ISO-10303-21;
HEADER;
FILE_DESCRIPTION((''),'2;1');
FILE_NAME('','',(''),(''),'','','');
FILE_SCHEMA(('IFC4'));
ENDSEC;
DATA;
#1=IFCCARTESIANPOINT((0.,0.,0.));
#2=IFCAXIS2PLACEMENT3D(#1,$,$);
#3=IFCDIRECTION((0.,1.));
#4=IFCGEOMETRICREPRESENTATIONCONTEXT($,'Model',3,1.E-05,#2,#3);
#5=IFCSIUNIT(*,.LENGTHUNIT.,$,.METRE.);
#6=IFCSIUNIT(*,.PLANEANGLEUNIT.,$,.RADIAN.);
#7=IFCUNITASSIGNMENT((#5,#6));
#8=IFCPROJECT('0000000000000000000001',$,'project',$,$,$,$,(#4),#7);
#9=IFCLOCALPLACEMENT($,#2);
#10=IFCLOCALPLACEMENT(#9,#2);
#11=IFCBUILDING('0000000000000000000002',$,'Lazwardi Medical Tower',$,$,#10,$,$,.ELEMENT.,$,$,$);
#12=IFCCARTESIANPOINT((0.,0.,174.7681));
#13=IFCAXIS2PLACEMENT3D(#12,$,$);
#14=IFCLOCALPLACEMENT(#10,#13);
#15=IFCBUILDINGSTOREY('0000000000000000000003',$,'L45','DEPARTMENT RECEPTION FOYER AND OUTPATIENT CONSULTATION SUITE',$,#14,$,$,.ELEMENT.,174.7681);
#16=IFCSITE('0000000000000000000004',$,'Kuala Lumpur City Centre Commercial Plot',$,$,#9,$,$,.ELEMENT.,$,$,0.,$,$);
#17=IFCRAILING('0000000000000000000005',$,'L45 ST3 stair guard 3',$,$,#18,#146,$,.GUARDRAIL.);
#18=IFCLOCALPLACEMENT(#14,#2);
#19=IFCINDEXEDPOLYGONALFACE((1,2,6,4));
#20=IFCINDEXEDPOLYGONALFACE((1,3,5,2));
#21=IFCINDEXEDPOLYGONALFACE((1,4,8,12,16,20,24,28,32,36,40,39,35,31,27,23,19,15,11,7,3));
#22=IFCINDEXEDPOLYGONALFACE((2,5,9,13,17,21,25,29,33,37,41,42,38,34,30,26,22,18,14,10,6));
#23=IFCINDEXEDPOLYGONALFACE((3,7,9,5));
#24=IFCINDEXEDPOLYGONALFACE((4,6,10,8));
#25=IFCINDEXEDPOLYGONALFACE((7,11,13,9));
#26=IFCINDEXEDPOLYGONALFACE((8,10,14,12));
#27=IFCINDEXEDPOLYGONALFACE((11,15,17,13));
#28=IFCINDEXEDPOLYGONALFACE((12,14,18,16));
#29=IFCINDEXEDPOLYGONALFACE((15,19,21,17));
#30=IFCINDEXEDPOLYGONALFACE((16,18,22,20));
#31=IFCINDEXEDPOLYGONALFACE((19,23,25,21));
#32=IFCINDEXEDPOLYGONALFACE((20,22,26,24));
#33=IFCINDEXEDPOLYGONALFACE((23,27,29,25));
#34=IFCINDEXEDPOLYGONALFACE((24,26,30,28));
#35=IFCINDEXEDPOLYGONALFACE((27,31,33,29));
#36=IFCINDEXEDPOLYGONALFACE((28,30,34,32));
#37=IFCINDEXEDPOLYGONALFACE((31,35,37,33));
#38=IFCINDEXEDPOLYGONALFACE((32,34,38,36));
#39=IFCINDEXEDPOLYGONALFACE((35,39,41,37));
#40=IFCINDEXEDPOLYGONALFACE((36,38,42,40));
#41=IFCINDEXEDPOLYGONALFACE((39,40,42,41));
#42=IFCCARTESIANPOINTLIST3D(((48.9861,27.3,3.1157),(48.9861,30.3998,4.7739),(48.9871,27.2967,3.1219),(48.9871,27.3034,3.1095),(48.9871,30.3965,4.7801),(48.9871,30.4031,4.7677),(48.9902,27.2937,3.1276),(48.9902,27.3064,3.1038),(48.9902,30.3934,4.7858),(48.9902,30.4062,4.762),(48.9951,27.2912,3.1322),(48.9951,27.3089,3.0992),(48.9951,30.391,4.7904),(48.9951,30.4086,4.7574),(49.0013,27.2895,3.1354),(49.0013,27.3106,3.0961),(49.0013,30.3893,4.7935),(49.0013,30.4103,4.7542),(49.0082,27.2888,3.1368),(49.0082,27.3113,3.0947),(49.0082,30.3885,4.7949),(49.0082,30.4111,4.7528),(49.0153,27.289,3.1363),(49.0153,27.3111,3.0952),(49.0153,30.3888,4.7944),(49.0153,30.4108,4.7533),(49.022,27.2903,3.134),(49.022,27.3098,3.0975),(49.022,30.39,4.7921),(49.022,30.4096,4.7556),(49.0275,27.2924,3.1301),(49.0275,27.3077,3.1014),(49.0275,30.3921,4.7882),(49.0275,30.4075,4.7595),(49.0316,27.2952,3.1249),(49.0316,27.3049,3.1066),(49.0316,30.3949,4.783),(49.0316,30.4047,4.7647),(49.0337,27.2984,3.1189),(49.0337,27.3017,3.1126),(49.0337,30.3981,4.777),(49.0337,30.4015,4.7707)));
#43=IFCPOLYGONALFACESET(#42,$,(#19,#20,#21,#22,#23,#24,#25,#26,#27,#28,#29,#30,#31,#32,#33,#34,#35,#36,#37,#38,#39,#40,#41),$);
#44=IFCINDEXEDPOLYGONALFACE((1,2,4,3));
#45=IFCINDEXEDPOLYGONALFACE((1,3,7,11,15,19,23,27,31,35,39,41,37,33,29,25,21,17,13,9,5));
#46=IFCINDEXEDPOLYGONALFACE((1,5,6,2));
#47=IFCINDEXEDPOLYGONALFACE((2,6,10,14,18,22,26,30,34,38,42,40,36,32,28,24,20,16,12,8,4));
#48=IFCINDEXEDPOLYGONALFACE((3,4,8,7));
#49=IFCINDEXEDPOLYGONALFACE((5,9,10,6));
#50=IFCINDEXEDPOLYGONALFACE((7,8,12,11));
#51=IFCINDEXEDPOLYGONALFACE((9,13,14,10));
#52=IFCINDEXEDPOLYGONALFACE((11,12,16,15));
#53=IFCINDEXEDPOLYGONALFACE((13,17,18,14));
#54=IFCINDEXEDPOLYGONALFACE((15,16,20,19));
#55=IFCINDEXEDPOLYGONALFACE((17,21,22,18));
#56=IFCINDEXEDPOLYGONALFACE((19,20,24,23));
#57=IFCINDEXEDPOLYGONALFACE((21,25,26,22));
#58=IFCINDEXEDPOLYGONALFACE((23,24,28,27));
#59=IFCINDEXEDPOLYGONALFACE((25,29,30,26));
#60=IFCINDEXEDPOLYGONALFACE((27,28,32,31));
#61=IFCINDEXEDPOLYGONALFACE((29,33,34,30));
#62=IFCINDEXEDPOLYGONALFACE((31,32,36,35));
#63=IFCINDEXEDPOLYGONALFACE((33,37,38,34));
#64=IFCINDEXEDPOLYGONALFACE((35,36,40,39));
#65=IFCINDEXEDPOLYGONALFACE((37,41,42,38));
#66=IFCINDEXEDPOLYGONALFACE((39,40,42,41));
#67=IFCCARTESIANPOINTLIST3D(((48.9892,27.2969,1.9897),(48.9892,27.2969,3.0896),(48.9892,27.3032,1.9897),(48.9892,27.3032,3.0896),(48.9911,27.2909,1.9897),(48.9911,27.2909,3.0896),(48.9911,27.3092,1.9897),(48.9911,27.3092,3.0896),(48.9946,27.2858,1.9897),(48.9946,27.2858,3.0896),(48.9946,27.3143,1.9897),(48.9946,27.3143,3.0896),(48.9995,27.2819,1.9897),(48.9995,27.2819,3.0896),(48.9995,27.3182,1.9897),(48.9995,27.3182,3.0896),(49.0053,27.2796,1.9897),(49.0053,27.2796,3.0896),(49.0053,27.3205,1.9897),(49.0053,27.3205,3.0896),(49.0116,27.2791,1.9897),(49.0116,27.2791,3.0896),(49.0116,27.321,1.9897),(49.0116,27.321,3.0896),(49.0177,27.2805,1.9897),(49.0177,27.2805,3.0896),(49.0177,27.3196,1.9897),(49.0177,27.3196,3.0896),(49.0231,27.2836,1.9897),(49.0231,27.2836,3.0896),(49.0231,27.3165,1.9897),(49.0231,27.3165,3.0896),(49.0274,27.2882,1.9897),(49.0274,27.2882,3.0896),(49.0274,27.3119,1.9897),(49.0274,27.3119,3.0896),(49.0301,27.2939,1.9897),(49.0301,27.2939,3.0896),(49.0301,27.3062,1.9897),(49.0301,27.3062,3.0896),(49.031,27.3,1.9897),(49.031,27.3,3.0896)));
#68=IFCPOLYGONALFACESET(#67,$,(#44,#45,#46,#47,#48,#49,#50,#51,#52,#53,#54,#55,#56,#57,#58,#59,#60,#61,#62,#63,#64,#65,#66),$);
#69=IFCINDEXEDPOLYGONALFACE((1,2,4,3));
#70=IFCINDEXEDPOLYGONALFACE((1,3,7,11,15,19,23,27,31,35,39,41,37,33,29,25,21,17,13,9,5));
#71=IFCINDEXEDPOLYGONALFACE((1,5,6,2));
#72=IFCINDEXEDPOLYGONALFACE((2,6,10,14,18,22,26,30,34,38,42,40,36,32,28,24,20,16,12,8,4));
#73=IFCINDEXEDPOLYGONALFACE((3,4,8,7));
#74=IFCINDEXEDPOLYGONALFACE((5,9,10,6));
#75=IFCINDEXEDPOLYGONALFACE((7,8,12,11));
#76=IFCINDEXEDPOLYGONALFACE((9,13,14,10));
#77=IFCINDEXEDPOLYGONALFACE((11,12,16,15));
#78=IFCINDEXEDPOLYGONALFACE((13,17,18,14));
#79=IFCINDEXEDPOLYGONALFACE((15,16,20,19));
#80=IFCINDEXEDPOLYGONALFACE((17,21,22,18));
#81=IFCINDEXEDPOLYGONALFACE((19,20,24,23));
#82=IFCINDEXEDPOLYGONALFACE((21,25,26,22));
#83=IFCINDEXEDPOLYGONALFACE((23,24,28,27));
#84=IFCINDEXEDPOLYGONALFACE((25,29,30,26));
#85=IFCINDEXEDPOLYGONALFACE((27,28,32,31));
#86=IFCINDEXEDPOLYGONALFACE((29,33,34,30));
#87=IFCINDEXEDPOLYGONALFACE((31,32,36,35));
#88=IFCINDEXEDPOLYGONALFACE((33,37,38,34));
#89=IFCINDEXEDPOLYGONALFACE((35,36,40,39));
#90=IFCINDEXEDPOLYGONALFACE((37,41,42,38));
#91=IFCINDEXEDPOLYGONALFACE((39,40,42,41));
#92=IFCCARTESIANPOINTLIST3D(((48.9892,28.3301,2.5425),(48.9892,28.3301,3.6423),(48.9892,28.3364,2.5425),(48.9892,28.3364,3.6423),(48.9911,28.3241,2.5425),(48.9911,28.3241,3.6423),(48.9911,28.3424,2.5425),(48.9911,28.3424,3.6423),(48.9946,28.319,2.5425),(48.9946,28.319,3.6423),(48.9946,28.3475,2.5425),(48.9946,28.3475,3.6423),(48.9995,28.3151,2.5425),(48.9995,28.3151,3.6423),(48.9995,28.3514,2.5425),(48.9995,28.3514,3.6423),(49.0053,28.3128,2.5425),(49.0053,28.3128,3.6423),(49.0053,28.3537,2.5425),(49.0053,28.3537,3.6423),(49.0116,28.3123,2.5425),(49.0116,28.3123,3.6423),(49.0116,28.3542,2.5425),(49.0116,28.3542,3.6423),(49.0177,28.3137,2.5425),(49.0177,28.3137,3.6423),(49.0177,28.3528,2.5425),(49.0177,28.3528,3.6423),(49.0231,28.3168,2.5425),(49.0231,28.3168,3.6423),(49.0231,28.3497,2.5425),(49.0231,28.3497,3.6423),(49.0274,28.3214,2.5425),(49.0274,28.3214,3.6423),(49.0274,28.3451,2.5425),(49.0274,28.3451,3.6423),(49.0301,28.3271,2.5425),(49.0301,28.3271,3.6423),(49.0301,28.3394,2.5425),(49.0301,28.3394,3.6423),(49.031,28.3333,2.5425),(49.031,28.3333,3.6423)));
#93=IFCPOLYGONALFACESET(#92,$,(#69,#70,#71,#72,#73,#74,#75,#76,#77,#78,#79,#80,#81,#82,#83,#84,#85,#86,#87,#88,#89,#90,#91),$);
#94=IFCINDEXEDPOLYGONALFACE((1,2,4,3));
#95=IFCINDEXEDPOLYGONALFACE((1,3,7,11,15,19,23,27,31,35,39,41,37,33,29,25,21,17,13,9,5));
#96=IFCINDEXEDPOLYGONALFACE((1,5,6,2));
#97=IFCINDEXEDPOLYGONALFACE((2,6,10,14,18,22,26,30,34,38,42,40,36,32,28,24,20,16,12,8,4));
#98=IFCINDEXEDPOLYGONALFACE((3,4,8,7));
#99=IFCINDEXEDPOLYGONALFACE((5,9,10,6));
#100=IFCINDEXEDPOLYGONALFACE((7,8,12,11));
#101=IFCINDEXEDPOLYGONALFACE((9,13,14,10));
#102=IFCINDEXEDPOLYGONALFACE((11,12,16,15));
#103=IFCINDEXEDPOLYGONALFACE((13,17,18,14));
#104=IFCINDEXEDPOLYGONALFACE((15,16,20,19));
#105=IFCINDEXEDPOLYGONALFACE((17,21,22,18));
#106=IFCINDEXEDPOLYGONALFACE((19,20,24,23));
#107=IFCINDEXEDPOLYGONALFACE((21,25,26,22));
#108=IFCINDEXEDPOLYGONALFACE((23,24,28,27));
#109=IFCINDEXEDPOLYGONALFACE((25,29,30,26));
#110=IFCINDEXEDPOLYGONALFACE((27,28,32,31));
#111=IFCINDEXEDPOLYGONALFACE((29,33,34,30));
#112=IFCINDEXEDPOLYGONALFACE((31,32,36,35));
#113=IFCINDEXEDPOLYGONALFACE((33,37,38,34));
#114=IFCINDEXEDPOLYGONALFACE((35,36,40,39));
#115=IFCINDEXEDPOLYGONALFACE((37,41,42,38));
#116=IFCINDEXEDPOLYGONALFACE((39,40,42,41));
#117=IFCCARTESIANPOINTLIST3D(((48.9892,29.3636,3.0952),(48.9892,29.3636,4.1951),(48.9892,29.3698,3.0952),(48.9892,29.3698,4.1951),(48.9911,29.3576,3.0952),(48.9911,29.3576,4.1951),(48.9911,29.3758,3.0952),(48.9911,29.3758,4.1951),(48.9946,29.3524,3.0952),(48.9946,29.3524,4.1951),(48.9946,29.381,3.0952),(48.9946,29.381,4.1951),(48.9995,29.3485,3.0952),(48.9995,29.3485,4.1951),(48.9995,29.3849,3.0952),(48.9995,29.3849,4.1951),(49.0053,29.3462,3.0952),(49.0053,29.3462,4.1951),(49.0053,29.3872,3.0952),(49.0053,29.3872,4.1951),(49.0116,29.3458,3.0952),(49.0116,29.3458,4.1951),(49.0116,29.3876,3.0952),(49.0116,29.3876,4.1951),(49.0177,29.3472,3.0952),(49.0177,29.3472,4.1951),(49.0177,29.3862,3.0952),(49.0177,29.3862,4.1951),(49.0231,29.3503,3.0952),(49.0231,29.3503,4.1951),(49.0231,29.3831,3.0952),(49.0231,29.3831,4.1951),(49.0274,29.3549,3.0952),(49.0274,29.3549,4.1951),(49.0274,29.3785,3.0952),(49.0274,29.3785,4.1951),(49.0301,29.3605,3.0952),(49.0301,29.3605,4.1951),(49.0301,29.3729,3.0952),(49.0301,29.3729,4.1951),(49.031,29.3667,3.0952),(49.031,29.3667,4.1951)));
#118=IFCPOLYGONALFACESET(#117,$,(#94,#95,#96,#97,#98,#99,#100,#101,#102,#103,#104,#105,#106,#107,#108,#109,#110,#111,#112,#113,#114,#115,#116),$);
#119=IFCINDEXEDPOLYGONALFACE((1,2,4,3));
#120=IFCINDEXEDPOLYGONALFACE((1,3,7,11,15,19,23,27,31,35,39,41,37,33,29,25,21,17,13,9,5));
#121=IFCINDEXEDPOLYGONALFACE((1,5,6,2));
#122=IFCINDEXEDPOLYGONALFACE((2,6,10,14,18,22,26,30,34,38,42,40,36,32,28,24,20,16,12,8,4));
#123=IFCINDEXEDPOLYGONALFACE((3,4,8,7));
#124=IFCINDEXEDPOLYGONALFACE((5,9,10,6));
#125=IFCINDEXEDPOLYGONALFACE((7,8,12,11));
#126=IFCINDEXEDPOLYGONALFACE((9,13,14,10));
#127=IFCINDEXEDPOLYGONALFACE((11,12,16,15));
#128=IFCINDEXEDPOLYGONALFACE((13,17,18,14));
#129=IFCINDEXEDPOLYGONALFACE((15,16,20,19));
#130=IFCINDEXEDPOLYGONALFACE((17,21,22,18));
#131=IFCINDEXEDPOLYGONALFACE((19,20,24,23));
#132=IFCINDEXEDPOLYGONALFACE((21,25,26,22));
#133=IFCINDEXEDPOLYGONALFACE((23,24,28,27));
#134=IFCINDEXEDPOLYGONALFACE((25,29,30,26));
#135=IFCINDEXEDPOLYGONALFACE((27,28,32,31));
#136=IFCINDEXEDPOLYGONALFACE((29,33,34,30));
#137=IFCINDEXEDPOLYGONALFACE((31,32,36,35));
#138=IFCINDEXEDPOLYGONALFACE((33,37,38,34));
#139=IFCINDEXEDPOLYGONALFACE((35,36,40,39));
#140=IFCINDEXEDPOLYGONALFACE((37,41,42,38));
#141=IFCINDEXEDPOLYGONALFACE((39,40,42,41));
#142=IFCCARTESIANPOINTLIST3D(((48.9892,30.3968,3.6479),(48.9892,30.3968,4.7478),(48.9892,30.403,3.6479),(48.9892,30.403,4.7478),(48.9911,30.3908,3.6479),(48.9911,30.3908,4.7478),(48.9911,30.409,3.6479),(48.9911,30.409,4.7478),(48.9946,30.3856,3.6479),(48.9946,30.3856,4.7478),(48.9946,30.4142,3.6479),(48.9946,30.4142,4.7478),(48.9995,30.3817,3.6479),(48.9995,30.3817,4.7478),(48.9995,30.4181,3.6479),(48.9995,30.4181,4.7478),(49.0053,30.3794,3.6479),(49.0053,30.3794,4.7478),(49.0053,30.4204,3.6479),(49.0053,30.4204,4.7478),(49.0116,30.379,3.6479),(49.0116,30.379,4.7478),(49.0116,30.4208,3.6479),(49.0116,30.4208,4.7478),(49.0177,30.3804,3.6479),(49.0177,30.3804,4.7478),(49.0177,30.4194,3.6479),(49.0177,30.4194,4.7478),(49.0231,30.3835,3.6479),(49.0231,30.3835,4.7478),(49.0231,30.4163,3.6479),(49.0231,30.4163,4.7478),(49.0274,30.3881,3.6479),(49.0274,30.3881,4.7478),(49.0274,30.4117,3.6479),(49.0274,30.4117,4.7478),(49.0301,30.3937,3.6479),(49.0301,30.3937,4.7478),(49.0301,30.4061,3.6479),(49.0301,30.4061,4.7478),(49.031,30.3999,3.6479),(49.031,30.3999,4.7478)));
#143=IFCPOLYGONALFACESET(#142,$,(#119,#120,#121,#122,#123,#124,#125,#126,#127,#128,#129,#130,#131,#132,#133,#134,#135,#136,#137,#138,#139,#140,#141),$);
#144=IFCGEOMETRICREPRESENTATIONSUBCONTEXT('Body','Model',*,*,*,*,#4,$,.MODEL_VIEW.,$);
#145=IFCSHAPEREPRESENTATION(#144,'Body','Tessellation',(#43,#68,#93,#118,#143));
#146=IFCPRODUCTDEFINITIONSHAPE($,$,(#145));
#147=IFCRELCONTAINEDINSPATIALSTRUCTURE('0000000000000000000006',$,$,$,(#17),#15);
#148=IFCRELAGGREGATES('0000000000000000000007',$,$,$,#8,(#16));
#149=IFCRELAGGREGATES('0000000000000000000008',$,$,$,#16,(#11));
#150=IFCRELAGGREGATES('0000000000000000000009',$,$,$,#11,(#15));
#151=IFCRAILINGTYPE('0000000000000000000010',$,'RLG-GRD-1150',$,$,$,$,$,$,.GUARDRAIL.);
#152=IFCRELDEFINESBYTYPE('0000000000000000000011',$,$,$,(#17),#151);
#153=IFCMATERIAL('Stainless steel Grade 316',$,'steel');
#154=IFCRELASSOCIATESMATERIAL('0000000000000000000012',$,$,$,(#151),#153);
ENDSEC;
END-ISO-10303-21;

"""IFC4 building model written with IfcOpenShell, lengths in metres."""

from ifc_helpers import new_model, si_unit, direction, frame, origin, origin_2d, place, context, subcontext, project, spatial, circle, extrude, material, type_object, element, save


model = new_model("IFC4")

# Units and contexts
model_context = context("Model", 3, precision=1e-05, world=origin(), true_north=direction((0.0, 1.0)))
body_context = subcontext(model_context, "Body", "Model", "MODEL_VIEW")
ifc_project = project(units=[si_unit("LENGTHUNIT", "METRE"), si_unit("PLANEANGLEUNIT", "RADIAN")], contexts=[model_context])

# Site, building, storey
site_placement = place(None, origin())
site = spatial("IfcSite", under=ifc_project, at=site_placement, Name="Kuala Lumpur City Centre Commercial Plot", CompositionType="ELEMENT", RefElevation=0.0)
building_placement = place(site_placement, origin())
building = spatial("IfcBuilding", under=site, at=building_placement, Name="Lazwardi Medical Tower", CompositionType="ELEMENT")
storey_placement = place(building_placement, frame((0.0, 0.0, 174.7681)))
storey = spatial("IfcBuildingStorey", under=building, at=storey_placement, Name="L45", Description="DEPARTMENT RECEPTION FOYER AND OUTPATIENT CONSULTATION SUITE", CompositionType="ELEMENT", Elevation=174.7681)

# Railing
ifc_material_1 = material(Name="Stainless steel Grade 316", Category="steel")
railing_type_1 = type_object("IfcRailingType", Name="RLG-GRD-1150", PredefinedType="GUARDRAIL", material=ifc_material_1)
railing_1_placement = place(storey_placement, frame((49.01, 27.3, 1.9897)))
element("IfcRailing", 1, at=railing_1_placement, inside=storey, type_object=railing_type_1, Name="L45 ST3 stair guard 3", PredefinedType="GUARDRAIL", context=body_context, shape_type="SweptSolid", body=[
    extrude(circle(Radius=0.0239, at=origin_2d()), frame((0.0, 0.0, 1.126), z_axis=(0.0, 0.881768, 0.471684), x_axis=(-1.0, 0.0, 0.0)), (0.0, 0.0, 1.0), 3.5154),
    extrude(circle(Radius=0.021, at=origin_2d()), origin(), (0.0, 0.0, 1.0), 1.0999),
    extrude(circle(Radius=0.021, at=origin_2d()), frame((0.0, 1.0332, 0.5527)), (0.0, 0.0, 1.0), 1.0999),
    extrude(circle(Radius=0.021, at=origin_2d()), frame((0.0, 2.0667, 1.1055)), (0.0, 0.0, 1.0), 1.0999),
    extrude(circle(Radius=0.021, at=origin_2d()), frame((0.0, 3.0999, 1.6582)), (0.0, 0.0, 1.0), 1.0999),
])

save(model, "model.ifc")
